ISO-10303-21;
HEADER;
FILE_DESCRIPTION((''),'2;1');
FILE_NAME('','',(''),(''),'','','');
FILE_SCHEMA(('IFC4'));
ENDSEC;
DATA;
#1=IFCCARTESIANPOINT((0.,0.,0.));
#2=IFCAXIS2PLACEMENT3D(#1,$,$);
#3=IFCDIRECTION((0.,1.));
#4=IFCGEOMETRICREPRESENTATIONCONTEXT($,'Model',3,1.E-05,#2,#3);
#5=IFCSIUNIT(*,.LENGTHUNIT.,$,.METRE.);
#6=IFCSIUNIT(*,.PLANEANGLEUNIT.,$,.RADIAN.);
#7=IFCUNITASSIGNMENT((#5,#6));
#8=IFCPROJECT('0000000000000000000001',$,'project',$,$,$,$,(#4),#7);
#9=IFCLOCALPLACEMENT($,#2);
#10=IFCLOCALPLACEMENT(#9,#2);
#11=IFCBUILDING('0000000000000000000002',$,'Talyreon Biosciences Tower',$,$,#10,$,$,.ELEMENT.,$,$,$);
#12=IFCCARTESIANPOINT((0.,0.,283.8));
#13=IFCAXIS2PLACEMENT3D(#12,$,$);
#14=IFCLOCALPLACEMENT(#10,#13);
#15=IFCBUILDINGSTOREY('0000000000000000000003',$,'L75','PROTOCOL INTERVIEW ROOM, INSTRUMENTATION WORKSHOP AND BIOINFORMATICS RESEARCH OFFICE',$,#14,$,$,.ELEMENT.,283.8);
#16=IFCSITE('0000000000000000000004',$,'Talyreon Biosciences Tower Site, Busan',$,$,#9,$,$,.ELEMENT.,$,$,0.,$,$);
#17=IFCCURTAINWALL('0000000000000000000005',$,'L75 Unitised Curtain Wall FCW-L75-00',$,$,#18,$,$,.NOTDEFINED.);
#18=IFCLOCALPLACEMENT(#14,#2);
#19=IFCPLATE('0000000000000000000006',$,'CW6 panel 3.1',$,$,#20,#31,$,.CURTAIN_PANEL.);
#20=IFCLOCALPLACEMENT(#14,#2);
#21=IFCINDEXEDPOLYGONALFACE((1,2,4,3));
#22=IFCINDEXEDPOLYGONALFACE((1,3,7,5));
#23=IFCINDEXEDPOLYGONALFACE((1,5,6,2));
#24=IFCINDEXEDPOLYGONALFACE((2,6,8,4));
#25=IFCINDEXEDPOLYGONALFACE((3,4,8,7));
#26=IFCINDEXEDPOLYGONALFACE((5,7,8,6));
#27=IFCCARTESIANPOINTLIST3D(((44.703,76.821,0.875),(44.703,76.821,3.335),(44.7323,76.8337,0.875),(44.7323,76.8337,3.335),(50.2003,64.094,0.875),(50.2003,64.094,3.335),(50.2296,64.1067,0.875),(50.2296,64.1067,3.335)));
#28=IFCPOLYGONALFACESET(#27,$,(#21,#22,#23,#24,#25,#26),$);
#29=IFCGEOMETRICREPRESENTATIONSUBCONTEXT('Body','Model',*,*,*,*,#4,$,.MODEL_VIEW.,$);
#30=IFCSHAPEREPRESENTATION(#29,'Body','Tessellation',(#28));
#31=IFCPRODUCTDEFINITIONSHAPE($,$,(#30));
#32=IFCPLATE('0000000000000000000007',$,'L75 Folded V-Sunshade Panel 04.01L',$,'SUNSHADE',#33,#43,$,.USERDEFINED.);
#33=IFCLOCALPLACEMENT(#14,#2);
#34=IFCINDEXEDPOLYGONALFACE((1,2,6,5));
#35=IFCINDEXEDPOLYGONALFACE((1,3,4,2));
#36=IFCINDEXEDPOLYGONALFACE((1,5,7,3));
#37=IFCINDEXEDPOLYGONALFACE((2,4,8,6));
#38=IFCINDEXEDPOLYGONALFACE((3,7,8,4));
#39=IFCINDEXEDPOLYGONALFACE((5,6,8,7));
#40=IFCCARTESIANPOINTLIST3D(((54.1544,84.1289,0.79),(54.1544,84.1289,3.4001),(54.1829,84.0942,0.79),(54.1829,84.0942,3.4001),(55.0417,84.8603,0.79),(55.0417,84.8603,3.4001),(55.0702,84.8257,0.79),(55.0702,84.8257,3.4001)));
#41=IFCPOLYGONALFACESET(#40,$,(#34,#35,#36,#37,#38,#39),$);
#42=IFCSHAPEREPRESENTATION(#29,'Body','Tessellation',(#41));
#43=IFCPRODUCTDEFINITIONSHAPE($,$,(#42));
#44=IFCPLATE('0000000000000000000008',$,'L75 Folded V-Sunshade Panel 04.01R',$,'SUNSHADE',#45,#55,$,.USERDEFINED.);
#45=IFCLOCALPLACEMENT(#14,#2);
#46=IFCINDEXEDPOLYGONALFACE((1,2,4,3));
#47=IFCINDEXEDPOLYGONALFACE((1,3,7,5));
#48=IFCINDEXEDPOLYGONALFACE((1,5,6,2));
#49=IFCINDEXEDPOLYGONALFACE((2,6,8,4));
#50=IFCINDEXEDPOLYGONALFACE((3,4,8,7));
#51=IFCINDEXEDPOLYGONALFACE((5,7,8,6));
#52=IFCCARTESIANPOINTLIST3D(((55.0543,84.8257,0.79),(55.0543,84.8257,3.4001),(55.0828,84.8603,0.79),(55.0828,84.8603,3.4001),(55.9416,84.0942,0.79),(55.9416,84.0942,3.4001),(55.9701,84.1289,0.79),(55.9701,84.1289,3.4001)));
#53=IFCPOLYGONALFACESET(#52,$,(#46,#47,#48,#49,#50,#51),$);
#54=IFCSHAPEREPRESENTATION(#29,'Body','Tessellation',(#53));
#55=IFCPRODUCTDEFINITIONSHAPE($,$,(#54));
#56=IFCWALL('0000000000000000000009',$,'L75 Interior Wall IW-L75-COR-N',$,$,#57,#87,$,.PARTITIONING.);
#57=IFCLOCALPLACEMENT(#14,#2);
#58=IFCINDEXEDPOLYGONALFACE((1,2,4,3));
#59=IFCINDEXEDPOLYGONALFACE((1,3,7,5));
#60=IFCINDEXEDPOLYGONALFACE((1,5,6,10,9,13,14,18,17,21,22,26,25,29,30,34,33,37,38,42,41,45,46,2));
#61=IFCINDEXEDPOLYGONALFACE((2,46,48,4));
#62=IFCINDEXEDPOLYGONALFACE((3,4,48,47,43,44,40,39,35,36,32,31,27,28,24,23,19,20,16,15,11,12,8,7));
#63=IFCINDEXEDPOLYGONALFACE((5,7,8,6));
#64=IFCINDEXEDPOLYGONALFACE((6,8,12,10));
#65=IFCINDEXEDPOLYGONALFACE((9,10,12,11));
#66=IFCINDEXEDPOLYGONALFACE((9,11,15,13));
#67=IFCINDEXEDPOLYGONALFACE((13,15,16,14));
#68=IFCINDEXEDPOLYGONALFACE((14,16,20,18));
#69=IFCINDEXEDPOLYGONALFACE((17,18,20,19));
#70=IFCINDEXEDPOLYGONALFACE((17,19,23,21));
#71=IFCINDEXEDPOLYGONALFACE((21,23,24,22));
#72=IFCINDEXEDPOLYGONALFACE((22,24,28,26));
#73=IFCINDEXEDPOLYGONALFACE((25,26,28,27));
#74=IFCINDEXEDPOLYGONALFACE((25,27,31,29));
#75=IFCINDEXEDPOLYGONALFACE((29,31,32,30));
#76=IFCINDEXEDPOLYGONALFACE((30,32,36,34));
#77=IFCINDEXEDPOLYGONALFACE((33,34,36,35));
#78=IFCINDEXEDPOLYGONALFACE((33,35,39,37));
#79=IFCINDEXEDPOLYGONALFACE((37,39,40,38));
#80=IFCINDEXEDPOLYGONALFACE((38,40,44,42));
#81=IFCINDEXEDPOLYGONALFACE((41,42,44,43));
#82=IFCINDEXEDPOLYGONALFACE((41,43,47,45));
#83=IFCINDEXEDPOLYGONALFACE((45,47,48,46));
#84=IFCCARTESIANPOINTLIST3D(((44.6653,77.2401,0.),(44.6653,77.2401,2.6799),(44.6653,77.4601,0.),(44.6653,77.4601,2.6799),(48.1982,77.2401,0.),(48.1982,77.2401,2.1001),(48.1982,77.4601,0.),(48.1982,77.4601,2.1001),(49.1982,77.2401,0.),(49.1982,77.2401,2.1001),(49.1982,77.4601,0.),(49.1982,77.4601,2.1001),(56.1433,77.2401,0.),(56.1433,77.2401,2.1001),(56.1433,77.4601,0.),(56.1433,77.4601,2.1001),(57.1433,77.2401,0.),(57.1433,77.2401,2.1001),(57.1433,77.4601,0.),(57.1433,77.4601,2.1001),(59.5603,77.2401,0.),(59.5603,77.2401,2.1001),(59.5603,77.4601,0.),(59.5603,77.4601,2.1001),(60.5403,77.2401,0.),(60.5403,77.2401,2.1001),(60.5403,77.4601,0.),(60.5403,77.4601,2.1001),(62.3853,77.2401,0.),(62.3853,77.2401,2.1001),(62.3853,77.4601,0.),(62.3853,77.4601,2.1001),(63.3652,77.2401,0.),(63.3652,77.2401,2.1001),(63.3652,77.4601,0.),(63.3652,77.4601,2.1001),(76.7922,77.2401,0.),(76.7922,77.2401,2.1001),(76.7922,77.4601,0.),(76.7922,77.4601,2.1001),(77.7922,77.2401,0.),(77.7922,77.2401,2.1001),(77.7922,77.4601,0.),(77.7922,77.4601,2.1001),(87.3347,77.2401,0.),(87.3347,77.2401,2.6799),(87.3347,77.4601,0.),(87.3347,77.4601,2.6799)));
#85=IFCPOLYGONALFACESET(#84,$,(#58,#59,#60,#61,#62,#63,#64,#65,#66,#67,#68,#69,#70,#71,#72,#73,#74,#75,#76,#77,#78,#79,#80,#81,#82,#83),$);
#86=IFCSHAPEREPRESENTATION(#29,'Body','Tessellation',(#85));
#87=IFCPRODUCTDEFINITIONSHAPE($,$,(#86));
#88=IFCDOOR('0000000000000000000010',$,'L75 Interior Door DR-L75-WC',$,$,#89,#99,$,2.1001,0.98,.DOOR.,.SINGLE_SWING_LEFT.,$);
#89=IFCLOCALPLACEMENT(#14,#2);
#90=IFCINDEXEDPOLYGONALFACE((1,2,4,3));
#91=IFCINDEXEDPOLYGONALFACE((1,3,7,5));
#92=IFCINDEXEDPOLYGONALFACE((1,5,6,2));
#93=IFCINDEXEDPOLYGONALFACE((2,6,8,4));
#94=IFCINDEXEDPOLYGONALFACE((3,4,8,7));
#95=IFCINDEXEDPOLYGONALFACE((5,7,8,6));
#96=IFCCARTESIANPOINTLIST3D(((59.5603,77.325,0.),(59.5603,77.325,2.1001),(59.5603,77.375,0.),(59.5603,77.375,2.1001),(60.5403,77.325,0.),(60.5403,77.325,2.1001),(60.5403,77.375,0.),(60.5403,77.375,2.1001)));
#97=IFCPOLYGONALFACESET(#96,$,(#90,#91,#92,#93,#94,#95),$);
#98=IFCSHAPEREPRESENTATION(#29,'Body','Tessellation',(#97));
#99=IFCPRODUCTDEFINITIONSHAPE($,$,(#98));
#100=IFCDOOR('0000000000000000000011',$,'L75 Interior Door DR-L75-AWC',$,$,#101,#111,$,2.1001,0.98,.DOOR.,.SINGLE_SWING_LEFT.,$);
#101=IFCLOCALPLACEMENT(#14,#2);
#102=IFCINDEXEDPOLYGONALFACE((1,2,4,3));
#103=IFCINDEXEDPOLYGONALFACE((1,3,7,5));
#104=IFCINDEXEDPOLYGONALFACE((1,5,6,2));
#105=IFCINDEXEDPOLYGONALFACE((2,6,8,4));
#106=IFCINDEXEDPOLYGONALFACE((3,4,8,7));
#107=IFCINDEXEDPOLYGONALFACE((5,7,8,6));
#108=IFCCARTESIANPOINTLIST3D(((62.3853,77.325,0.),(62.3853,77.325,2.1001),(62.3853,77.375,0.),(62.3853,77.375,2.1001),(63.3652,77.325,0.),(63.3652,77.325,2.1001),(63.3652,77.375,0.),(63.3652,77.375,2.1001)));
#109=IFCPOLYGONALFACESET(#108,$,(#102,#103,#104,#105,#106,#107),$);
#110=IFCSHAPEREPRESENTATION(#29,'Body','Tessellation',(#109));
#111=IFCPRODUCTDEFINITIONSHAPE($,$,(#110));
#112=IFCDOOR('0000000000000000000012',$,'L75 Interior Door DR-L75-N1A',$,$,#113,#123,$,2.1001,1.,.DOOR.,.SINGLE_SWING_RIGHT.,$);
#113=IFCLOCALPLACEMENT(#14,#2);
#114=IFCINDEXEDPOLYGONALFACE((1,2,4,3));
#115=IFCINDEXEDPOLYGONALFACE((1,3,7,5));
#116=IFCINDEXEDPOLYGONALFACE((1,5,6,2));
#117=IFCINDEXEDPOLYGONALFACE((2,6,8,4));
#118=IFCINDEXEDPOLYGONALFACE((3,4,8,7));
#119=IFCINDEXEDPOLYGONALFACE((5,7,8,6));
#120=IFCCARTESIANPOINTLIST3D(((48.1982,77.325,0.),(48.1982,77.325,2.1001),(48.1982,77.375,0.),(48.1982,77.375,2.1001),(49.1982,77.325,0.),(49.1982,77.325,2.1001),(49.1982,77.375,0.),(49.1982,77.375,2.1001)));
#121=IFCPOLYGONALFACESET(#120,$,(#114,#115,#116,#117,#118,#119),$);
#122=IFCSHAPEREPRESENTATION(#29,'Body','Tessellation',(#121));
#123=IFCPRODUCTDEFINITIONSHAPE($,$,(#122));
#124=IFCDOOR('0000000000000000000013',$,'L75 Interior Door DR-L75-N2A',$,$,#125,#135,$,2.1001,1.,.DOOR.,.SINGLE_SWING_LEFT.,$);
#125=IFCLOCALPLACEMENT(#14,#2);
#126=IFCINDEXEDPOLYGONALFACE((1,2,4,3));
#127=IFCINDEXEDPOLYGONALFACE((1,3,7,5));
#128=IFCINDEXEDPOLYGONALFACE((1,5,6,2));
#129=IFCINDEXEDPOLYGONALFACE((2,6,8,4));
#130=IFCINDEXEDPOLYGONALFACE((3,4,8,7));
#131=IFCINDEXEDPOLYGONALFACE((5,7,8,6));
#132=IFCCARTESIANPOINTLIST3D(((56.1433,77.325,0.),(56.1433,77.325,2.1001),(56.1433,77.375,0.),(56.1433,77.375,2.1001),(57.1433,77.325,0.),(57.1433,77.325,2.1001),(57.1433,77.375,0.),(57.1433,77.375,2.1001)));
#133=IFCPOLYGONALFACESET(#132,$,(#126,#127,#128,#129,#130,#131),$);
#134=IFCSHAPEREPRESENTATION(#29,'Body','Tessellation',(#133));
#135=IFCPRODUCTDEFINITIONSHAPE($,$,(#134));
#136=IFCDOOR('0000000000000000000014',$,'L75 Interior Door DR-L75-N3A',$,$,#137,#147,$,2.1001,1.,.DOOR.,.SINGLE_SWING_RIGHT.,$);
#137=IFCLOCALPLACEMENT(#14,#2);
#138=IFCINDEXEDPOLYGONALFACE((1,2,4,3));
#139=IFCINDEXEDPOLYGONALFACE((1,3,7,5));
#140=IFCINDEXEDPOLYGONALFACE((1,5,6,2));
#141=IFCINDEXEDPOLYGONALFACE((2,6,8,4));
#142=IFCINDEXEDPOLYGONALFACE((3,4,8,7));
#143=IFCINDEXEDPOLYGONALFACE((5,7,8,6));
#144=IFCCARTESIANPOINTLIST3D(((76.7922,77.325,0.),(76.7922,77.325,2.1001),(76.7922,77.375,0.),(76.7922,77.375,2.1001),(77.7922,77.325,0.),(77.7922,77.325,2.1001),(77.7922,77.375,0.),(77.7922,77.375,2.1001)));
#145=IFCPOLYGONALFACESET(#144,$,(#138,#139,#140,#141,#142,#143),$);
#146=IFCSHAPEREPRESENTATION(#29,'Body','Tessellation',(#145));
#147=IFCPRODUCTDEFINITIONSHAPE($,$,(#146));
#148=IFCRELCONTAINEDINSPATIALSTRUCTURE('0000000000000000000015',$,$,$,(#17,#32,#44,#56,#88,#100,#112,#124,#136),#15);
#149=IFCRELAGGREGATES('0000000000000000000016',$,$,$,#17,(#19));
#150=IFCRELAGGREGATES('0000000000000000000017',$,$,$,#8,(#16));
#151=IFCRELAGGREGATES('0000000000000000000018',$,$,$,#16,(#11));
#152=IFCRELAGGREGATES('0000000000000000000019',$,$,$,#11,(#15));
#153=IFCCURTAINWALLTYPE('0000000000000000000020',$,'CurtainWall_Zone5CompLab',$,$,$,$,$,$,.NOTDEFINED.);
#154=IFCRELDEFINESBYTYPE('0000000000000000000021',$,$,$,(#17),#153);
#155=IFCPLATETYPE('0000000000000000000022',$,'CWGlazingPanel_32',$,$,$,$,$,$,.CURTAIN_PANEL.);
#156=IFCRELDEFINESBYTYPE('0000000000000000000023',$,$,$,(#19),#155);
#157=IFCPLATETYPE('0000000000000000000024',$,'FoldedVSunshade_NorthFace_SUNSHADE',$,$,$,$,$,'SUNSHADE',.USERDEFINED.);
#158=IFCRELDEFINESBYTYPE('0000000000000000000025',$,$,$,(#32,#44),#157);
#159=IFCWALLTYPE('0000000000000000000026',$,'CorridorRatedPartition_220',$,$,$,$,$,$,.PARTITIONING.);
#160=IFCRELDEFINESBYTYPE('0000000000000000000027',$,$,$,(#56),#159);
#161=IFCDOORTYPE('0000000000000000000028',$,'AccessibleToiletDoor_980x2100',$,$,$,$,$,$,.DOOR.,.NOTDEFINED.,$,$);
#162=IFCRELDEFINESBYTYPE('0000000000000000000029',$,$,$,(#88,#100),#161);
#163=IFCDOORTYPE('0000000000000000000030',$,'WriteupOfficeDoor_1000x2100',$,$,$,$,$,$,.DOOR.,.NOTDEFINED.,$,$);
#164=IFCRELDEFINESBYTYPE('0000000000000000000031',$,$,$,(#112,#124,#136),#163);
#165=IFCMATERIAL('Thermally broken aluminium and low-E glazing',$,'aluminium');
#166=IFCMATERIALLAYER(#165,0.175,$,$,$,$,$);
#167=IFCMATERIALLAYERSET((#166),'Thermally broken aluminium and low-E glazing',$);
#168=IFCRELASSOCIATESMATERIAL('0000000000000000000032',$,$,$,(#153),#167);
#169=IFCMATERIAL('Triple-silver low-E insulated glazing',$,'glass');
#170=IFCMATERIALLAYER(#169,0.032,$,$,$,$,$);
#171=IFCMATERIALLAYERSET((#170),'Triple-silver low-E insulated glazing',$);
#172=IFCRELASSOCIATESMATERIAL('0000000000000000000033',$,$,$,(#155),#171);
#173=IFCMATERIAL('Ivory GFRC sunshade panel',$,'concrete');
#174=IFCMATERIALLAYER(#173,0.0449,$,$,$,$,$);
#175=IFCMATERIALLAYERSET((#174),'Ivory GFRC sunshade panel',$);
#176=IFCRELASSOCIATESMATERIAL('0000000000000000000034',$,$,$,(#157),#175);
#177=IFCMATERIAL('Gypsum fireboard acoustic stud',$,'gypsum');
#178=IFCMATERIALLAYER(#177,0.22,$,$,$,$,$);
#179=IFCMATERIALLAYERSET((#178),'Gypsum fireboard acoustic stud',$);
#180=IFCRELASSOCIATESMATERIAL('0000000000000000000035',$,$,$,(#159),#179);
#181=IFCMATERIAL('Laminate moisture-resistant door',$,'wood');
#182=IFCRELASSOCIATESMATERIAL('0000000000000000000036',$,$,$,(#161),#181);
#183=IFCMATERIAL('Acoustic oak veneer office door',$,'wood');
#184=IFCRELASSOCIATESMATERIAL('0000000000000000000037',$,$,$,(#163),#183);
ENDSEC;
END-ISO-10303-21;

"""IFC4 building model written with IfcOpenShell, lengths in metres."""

from ifc_helpers import new_model, si_unit, direction, frame, frame_2d, origin, origin_2d, place, context, subcontext, project, spatial, rectangle, extrude, material, layer, layer_set, type_object, element, fill, aggregate, save


model = new_model("IFC4")

# Units and contexts
model_context = context("Model", 3, precision=1e-05, world=origin(), true_north=direction((0.0, 1.0)))
body_context = subcontext(model_context, "Body", "Model", "MODEL_VIEW")
ifc_project = project(units=[si_unit("LENGTHUNIT", "METRE"), si_unit("PLANEANGLEUNIT", "RADIAN")], contexts=[model_context])

# Site, building, storey
site_placement = place(None, origin())
site = spatial("IfcSite", under=ifc_project, at=site_placement, Name="Talyreon Biosciences Tower Site, Busan", CompositionType="ELEMENT", RefElevation=0.0)
building_placement = place(site_placement, origin())
building = spatial("IfcBuilding", under=site, at=building_placement, Name="Talyreon Biosciences Tower", CompositionType="ELEMENT")
storey_placement = place(building_placement, frame((0.0, 0.0, 283.8)))
storey = spatial("IfcBuildingStorey", under=building, at=storey_placement, Name="L75", Description="PROTOCOL INTERVIEW ROOM, INSTRUMENTATION WORKSHOP AND BIOINFORMATICS RESEARCH OFFICE", CompositionType="ELEMENT", Elevation=283.8)

# Curtain wall
ifc_material_1 = material(Name="Thermally broken aluminium and low-E glazing", Category="aluminium")
ifc_layer_1 = layer(ifc_material_1, 0.175)
ifc_layer_set_1 = layer_set([ifc_layer_1], Name="Thermally broken aluminium and low-E glazing")
curtain_wall_type = type_object("IfcCurtainWallType", Name="CurtainWall_Zone5CompLab", PredefinedType="NOTDEFINED", material=ifc_layer_set_1)
curtain_wall_1_placement = place(storey_placement, origin())
curtain_wall_1 = element("IfcCurtainWall", 1, at=curtain_wall_1_placement, inside=storey, type_object=curtain_wall_type, Name="L75 Unitised Curtain Wall FCW-L75-00", PredefinedType="NOTDEFINED")

# Plate
ifc_material_2 = material(Name="Triple-silver low-E insulated glazing", Category="glass")
ifc_layer_2 = layer(ifc_material_2, 0.032)
ifc_layer_set_2 = layer_set([ifc_layer_2], Name="Triple-silver low-E insulated glazing")
plate_type_1 = type_object("IfcPlateType", Name="CWGlazingPanel_32", PredefinedType="CURTAIN_PANEL", material=ifc_layer_set_2)
plate_placement = place(storey_placement, frame((47.4663, 70.4639, 0.875), z_axis=(0.0, 0.0, 1.0), x_axis=(-0.396528, 0.918022, 0.0)))
plate = element("IfcPlate", 2, at=plate_placement, type_object=plate_type_1, Name="CW6 panel 3.1", PredefinedType="CURTAIN_PANEL", context=body_context, shape_type="SweptSolid", body=[
    extrude(rectangle(XDim=13.8635, YDim=0.032, at=origin_2d()), origin(), (0.0, 0.0, 1.0), 2.46),
])
aggregate(curtain_wall_1, [plate])

# Plates
ifc_material_3 = material(Name="Ivory GFRC sunshade panel", Category="concrete")
ifc_layer_3 = layer(ifc_material_3, 0.0449)
ifc_layer_set_3 = layer_set([ifc_layer_3], Name="Ivory GFRC sunshade panel")
plate_type_2 = type_object("IfcPlateType", Name="FoldedVSunshade_NorthFace_SUNSHADE", ElementType="SUNSHADE", PredefinedType="USERDEFINED", material=ifc_layer_set_3)
for number, where, z_axis, x_axis, name in (
    (3, (54.6123, 84.4773, 0.79), (0.0, 0.0, 1.0), (0.771625, 0.636078, 0.0), "L75 Folded V-Sunshade Panel 04.01L"),
    (4, (55.5122, 84.4773, 0.79), (0.0, 0.0, 1.0), (0.771625, -0.636078, 0.0), "L75 Folded V-Sunshade Panel 04.01R"),
):
    element("IfcPlate", number, at=place(storey_placement, frame(where, z_axis=z_axis, x_axis=x_axis)), inside=storey, type_object=plate_type_2, Name=name, ObjectType="SUNSHADE", PredefinedType="USERDEFINED", context=body_context, shape_type="SweptSolid", body=[
        extrude(rectangle(XDim=1.1499, YDim=0.0449, at=origin_2d()), origin(), (0.0, 0.0, 1.0), 2.6101),
    ])

# Wall, openings, doors
ifc_material_4 = material(Name="Gypsum fireboard acoustic stud", Category="gypsum")
ifc_layer_4 = layer(ifc_material_4, 0.22)
ifc_layer_set_4 = layer_set([ifc_layer_4], Name="Gypsum fireboard acoustic stud")
wall_type_1 = type_object("IfcWallType", Name="CorridorRatedPartition_220", PredefinedType="PARTITIONING", material=ifc_layer_set_4)
wall_1_placement = place(storey_placement, frame((44.6653, 77.3501, 0.0), z_axis=(0.0, 0.0, 1.0), x_axis=(1.0, 0.0, 0.0)))
wall_1 = element("IfcWall", 5, at=wall_1_placement, inside=storey, type_object=wall_type_1, Name="L75 Interior Wall IW-L75-COR-N", PredefinedType="PARTITIONING", context=body_context, shape_type="SweptSolid", body=[
    extrude(rectangle(XDim=42.6694, YDim=0.22, at=frame_2d((21.3347, 0.0))), origin(), (0.0, 0.0, 1.0), 2.6799),
])
opening_1_placement = place(wall_1_placement, frame((14.895, 0.0, 0.0)))
opening_1 = element("IfcOpeningElement", 6, at=opening_1_placement, cuts=wall_1, PredefinedType="OPENING", context=body_context, shape_type="SweptSolid", body=[
    extrude(rectangle(XDim=0.98, YDim=2.1001, at=frame_2d((0.49, 1.05))), frame((0.0, 0.1199, 0.0), z_axis=(0.0, -1.0, 0.0), x_axis=(1.0, 0.0, 0.0)), (0.0, 0.0, 1.0), 0.24),
])
opening_2_placement = place(wall_1_placement, frame((17.72, 0.0, 0.0)))
opening_2 = element("IfcOpeningElement", 7, at=opening_2_placement, cuts=wall_1, PredefinedType="OPENING", context=body_context, shape_type="SweptSolid", body=[
    extrude(rectangle(XDim=0.98, YDim=2.1001, at=frame_2d((0.49, 1.05))), frame((0.0, 0.1199, 0.0), z_axis=(0.0, -1.0, 0.0), x_axis=(1.0, 0.0, 0.0)), (0.0, 0.0, 1.0), 0.24),
])
opening_3_placement = place(wall_1_placement, frame((3.533, 0.0, 0.0)))
opening_3 = element("IfcOpeningElement", 8, at=opening_3_placement, cuts=wall_1, PredefinedType="OPENING", context=body_context, shape_type="SweptSolid", body=[
    extrude(rectangle(XDim=1.0, YDim=2.1001, at=frame_2d((0.5, 1.05))), frame((0.0, 0.1199, 0.0), z_axis=(0.0, -1.0, 0.0), x_axis=(1.0, 0.0, 0.0)), (0.0, 0.0, 1.0), 0.24),
])
opening_4_placement = place(wall_1_placement, frame((11.478, 0.0, 0.0)))
opening_4 = element("IfcOpeningElement", 9, at=opening_4_placement, cuts=wall_1, PredefinedType="OPENING", context=body_context, shape_type="SweptSolid", body=[
    extrude(rectangle(XDim=1.0, YDim=2.1001, at=frame_2d((0.5, 1.05))), frame((0.0, 0.1199, 0.0), z_axis=(0.0, -1.0, 0.0), x_axis=(1.0, 0.0, 0.0)), (0.0, 0.0, 1.0), 0.24),
])
opening_5_placement = place(wall_1_placement, frame((32.127, 0.0, 0.0)))
opening_5 = element("IfcOpeningElement", 10, at=opening_5_placement, cuts=wall_1, PredefinedType="OPENING", context=body_context, shape_type="SweptSolid", body=[
    extrude(rectangle(XDim=1.0, YDim=2.1001, at=frame_2d((0.5, 1.05))), frame((0.0, 0.1199, 0.0), z_axis=(0.0, -1.0, 0.0), x_axis=(1.0, 0.0, 0.0)), (0.0, 0.0, 1.0), 0.24),
])
ifc_material_5 = material(Name="Laminate moisture-resistant door", Category="wood")
door_type_1 = type_object("IfcDoorType", Name="AccessibleToiletDoor_980x2100", OperationType="NOTDEFINED", PredefinedType="DOOR", material=ifc_material_5)
door_1_placement = place(opening_1_placement, origin())
door_1 = element("IfcDoor", 11, at=door_1_placement, inside=storey, type_object=door_type_1, Name="L75 Interior Door DR-L75-WC", OperationType="SINGLE_SWING_LEFT", OverallHeight=2.1001, OverallWidth=0.98, PredefinedType="DOOR", context=body_context, shape_type="SweptSolid", body=[
    extrude(rectangle(XDim=0.98, YDim=2.1001, at=frame_2d((0.49, 1.05))), frame((0.0, 0.0249, 0.0), z_axis=(0.0, -1.0, 0.0), x_axis=(1.0, 0.0, 0.0)), (0.0, 0.0, 1.0), 0.05),
])
fill(opening_1, door_1)
door_2_placement = place(opening_2_placement, origin())
door_2 = element("IfcDoor", 12, at=door_2_placement, inside=storey, type_object=door_type_1, Name="L75 Interior Door DR-L75-AWC", OperationType="SINGLE_SWING_LEFT", OverallHeight=2.1001, OverallWidth=0.98, PredefinedType="DOOR", context=body_context, shape_type="SweptSolid", body=[
    extrude(rectangle(XDim=0.98, YDim=2.1001, at=frame_2d((0.49, 1.05))), frame((0.0, 0.0249, 0.0), z_axis=(0.0, -1.0, 0.0), x_axis=(1.0, 0.0, 0.0)), (0.0, 0.0, 1.0), 0.05),
])
fill(opening_2, door_2)
ifc_material_6 = material(Name="Acoustic oak veneer office door", Category="wood")
door_type_2 = type_object("IfcDoorType", Name="WriteupOfficeDoor_1000x2100", OperationType="NOTDEFINED", PredefinedType="DOOR", material=ifc_material_6)
door_3_placement = place(opening_3_placement, origin())
door_3 = element("IfcDoor", 13, at=door_3_placement, inside=storey, type_object=door_type_2, Name="L75 Interior Door DR-L75-N1A", OperationType="SINGLE_SWING_RIGHT", OverallHeight=2.1001, OverallWidth=1.0, PredefinedType="DOOR", context=body_context, shape_type="SweptSolid", body=[
    extrude(rectangle(XDim=1.0, YDim=2.1001, at=frame_2d((0.5, 1.05))), frame((0.0, 0.0249, 0.0), z_axis=(0.0, -1.0, 0.0), x_axis=(1.0, 0.0, 0.0)), (0.0, 0.0, 1.0), 0.05),
])
fill(opening_3, door_3)
door_4_placement = place(opening_4_placement, origin())
door_4 = element("IfcDoor", 14, at=door_4_placement, inside=storey, type_object=door_type_2, Name="L75 Interior Door DR-L75-N2A", OperationType="SINGLE_SWING_LEFT", OverallHeight=2.1001, OverallWidth=1.0, PredefinedType="DOOR", context=body_context, shape_type="SweptSolid", body=[
    extrude(rectangle(XDim=1.0, YDim=2.1001, at=frame_2d((0.5, 1.05))), frame((0.0, 0.0249, 0.0), z_axis=(0.0, -1.0, 0.0), x_axis=(1.0, 0.0, 0.0)), (0.0, 0.0, 1.0), 0.05),
])
fill(opening_4, door_4)
door_5_placement = place(opening_5_placement, origin())
door_5 = element("IfcDoor", 15, at=door_5_placement, inside=storey, type_object=door_type_2, Name="L75 Interior Door DR-L75-N3A", OperationType="SINGLE_SWING_RIGHT", OverallHeight=2.1001, OverallWidth=1.0, PredefinedType="DOOR", context=body_context, shape_type="SweptSolid", body=[
    extrude(rectangle(XDim=1.0, YDim=2.1001, at=frame_2d((0.5, 1.05))), frame((0.0, 0.0249, 0.0), z_axis=(0.0, -1.0, 0.0), x_axis=(1.0, 0.0, 0.0)), (0.0, 0.0, 1.0), 0.05),
])
fill(opening_5, door_5)

save(model, "model.ifc")
